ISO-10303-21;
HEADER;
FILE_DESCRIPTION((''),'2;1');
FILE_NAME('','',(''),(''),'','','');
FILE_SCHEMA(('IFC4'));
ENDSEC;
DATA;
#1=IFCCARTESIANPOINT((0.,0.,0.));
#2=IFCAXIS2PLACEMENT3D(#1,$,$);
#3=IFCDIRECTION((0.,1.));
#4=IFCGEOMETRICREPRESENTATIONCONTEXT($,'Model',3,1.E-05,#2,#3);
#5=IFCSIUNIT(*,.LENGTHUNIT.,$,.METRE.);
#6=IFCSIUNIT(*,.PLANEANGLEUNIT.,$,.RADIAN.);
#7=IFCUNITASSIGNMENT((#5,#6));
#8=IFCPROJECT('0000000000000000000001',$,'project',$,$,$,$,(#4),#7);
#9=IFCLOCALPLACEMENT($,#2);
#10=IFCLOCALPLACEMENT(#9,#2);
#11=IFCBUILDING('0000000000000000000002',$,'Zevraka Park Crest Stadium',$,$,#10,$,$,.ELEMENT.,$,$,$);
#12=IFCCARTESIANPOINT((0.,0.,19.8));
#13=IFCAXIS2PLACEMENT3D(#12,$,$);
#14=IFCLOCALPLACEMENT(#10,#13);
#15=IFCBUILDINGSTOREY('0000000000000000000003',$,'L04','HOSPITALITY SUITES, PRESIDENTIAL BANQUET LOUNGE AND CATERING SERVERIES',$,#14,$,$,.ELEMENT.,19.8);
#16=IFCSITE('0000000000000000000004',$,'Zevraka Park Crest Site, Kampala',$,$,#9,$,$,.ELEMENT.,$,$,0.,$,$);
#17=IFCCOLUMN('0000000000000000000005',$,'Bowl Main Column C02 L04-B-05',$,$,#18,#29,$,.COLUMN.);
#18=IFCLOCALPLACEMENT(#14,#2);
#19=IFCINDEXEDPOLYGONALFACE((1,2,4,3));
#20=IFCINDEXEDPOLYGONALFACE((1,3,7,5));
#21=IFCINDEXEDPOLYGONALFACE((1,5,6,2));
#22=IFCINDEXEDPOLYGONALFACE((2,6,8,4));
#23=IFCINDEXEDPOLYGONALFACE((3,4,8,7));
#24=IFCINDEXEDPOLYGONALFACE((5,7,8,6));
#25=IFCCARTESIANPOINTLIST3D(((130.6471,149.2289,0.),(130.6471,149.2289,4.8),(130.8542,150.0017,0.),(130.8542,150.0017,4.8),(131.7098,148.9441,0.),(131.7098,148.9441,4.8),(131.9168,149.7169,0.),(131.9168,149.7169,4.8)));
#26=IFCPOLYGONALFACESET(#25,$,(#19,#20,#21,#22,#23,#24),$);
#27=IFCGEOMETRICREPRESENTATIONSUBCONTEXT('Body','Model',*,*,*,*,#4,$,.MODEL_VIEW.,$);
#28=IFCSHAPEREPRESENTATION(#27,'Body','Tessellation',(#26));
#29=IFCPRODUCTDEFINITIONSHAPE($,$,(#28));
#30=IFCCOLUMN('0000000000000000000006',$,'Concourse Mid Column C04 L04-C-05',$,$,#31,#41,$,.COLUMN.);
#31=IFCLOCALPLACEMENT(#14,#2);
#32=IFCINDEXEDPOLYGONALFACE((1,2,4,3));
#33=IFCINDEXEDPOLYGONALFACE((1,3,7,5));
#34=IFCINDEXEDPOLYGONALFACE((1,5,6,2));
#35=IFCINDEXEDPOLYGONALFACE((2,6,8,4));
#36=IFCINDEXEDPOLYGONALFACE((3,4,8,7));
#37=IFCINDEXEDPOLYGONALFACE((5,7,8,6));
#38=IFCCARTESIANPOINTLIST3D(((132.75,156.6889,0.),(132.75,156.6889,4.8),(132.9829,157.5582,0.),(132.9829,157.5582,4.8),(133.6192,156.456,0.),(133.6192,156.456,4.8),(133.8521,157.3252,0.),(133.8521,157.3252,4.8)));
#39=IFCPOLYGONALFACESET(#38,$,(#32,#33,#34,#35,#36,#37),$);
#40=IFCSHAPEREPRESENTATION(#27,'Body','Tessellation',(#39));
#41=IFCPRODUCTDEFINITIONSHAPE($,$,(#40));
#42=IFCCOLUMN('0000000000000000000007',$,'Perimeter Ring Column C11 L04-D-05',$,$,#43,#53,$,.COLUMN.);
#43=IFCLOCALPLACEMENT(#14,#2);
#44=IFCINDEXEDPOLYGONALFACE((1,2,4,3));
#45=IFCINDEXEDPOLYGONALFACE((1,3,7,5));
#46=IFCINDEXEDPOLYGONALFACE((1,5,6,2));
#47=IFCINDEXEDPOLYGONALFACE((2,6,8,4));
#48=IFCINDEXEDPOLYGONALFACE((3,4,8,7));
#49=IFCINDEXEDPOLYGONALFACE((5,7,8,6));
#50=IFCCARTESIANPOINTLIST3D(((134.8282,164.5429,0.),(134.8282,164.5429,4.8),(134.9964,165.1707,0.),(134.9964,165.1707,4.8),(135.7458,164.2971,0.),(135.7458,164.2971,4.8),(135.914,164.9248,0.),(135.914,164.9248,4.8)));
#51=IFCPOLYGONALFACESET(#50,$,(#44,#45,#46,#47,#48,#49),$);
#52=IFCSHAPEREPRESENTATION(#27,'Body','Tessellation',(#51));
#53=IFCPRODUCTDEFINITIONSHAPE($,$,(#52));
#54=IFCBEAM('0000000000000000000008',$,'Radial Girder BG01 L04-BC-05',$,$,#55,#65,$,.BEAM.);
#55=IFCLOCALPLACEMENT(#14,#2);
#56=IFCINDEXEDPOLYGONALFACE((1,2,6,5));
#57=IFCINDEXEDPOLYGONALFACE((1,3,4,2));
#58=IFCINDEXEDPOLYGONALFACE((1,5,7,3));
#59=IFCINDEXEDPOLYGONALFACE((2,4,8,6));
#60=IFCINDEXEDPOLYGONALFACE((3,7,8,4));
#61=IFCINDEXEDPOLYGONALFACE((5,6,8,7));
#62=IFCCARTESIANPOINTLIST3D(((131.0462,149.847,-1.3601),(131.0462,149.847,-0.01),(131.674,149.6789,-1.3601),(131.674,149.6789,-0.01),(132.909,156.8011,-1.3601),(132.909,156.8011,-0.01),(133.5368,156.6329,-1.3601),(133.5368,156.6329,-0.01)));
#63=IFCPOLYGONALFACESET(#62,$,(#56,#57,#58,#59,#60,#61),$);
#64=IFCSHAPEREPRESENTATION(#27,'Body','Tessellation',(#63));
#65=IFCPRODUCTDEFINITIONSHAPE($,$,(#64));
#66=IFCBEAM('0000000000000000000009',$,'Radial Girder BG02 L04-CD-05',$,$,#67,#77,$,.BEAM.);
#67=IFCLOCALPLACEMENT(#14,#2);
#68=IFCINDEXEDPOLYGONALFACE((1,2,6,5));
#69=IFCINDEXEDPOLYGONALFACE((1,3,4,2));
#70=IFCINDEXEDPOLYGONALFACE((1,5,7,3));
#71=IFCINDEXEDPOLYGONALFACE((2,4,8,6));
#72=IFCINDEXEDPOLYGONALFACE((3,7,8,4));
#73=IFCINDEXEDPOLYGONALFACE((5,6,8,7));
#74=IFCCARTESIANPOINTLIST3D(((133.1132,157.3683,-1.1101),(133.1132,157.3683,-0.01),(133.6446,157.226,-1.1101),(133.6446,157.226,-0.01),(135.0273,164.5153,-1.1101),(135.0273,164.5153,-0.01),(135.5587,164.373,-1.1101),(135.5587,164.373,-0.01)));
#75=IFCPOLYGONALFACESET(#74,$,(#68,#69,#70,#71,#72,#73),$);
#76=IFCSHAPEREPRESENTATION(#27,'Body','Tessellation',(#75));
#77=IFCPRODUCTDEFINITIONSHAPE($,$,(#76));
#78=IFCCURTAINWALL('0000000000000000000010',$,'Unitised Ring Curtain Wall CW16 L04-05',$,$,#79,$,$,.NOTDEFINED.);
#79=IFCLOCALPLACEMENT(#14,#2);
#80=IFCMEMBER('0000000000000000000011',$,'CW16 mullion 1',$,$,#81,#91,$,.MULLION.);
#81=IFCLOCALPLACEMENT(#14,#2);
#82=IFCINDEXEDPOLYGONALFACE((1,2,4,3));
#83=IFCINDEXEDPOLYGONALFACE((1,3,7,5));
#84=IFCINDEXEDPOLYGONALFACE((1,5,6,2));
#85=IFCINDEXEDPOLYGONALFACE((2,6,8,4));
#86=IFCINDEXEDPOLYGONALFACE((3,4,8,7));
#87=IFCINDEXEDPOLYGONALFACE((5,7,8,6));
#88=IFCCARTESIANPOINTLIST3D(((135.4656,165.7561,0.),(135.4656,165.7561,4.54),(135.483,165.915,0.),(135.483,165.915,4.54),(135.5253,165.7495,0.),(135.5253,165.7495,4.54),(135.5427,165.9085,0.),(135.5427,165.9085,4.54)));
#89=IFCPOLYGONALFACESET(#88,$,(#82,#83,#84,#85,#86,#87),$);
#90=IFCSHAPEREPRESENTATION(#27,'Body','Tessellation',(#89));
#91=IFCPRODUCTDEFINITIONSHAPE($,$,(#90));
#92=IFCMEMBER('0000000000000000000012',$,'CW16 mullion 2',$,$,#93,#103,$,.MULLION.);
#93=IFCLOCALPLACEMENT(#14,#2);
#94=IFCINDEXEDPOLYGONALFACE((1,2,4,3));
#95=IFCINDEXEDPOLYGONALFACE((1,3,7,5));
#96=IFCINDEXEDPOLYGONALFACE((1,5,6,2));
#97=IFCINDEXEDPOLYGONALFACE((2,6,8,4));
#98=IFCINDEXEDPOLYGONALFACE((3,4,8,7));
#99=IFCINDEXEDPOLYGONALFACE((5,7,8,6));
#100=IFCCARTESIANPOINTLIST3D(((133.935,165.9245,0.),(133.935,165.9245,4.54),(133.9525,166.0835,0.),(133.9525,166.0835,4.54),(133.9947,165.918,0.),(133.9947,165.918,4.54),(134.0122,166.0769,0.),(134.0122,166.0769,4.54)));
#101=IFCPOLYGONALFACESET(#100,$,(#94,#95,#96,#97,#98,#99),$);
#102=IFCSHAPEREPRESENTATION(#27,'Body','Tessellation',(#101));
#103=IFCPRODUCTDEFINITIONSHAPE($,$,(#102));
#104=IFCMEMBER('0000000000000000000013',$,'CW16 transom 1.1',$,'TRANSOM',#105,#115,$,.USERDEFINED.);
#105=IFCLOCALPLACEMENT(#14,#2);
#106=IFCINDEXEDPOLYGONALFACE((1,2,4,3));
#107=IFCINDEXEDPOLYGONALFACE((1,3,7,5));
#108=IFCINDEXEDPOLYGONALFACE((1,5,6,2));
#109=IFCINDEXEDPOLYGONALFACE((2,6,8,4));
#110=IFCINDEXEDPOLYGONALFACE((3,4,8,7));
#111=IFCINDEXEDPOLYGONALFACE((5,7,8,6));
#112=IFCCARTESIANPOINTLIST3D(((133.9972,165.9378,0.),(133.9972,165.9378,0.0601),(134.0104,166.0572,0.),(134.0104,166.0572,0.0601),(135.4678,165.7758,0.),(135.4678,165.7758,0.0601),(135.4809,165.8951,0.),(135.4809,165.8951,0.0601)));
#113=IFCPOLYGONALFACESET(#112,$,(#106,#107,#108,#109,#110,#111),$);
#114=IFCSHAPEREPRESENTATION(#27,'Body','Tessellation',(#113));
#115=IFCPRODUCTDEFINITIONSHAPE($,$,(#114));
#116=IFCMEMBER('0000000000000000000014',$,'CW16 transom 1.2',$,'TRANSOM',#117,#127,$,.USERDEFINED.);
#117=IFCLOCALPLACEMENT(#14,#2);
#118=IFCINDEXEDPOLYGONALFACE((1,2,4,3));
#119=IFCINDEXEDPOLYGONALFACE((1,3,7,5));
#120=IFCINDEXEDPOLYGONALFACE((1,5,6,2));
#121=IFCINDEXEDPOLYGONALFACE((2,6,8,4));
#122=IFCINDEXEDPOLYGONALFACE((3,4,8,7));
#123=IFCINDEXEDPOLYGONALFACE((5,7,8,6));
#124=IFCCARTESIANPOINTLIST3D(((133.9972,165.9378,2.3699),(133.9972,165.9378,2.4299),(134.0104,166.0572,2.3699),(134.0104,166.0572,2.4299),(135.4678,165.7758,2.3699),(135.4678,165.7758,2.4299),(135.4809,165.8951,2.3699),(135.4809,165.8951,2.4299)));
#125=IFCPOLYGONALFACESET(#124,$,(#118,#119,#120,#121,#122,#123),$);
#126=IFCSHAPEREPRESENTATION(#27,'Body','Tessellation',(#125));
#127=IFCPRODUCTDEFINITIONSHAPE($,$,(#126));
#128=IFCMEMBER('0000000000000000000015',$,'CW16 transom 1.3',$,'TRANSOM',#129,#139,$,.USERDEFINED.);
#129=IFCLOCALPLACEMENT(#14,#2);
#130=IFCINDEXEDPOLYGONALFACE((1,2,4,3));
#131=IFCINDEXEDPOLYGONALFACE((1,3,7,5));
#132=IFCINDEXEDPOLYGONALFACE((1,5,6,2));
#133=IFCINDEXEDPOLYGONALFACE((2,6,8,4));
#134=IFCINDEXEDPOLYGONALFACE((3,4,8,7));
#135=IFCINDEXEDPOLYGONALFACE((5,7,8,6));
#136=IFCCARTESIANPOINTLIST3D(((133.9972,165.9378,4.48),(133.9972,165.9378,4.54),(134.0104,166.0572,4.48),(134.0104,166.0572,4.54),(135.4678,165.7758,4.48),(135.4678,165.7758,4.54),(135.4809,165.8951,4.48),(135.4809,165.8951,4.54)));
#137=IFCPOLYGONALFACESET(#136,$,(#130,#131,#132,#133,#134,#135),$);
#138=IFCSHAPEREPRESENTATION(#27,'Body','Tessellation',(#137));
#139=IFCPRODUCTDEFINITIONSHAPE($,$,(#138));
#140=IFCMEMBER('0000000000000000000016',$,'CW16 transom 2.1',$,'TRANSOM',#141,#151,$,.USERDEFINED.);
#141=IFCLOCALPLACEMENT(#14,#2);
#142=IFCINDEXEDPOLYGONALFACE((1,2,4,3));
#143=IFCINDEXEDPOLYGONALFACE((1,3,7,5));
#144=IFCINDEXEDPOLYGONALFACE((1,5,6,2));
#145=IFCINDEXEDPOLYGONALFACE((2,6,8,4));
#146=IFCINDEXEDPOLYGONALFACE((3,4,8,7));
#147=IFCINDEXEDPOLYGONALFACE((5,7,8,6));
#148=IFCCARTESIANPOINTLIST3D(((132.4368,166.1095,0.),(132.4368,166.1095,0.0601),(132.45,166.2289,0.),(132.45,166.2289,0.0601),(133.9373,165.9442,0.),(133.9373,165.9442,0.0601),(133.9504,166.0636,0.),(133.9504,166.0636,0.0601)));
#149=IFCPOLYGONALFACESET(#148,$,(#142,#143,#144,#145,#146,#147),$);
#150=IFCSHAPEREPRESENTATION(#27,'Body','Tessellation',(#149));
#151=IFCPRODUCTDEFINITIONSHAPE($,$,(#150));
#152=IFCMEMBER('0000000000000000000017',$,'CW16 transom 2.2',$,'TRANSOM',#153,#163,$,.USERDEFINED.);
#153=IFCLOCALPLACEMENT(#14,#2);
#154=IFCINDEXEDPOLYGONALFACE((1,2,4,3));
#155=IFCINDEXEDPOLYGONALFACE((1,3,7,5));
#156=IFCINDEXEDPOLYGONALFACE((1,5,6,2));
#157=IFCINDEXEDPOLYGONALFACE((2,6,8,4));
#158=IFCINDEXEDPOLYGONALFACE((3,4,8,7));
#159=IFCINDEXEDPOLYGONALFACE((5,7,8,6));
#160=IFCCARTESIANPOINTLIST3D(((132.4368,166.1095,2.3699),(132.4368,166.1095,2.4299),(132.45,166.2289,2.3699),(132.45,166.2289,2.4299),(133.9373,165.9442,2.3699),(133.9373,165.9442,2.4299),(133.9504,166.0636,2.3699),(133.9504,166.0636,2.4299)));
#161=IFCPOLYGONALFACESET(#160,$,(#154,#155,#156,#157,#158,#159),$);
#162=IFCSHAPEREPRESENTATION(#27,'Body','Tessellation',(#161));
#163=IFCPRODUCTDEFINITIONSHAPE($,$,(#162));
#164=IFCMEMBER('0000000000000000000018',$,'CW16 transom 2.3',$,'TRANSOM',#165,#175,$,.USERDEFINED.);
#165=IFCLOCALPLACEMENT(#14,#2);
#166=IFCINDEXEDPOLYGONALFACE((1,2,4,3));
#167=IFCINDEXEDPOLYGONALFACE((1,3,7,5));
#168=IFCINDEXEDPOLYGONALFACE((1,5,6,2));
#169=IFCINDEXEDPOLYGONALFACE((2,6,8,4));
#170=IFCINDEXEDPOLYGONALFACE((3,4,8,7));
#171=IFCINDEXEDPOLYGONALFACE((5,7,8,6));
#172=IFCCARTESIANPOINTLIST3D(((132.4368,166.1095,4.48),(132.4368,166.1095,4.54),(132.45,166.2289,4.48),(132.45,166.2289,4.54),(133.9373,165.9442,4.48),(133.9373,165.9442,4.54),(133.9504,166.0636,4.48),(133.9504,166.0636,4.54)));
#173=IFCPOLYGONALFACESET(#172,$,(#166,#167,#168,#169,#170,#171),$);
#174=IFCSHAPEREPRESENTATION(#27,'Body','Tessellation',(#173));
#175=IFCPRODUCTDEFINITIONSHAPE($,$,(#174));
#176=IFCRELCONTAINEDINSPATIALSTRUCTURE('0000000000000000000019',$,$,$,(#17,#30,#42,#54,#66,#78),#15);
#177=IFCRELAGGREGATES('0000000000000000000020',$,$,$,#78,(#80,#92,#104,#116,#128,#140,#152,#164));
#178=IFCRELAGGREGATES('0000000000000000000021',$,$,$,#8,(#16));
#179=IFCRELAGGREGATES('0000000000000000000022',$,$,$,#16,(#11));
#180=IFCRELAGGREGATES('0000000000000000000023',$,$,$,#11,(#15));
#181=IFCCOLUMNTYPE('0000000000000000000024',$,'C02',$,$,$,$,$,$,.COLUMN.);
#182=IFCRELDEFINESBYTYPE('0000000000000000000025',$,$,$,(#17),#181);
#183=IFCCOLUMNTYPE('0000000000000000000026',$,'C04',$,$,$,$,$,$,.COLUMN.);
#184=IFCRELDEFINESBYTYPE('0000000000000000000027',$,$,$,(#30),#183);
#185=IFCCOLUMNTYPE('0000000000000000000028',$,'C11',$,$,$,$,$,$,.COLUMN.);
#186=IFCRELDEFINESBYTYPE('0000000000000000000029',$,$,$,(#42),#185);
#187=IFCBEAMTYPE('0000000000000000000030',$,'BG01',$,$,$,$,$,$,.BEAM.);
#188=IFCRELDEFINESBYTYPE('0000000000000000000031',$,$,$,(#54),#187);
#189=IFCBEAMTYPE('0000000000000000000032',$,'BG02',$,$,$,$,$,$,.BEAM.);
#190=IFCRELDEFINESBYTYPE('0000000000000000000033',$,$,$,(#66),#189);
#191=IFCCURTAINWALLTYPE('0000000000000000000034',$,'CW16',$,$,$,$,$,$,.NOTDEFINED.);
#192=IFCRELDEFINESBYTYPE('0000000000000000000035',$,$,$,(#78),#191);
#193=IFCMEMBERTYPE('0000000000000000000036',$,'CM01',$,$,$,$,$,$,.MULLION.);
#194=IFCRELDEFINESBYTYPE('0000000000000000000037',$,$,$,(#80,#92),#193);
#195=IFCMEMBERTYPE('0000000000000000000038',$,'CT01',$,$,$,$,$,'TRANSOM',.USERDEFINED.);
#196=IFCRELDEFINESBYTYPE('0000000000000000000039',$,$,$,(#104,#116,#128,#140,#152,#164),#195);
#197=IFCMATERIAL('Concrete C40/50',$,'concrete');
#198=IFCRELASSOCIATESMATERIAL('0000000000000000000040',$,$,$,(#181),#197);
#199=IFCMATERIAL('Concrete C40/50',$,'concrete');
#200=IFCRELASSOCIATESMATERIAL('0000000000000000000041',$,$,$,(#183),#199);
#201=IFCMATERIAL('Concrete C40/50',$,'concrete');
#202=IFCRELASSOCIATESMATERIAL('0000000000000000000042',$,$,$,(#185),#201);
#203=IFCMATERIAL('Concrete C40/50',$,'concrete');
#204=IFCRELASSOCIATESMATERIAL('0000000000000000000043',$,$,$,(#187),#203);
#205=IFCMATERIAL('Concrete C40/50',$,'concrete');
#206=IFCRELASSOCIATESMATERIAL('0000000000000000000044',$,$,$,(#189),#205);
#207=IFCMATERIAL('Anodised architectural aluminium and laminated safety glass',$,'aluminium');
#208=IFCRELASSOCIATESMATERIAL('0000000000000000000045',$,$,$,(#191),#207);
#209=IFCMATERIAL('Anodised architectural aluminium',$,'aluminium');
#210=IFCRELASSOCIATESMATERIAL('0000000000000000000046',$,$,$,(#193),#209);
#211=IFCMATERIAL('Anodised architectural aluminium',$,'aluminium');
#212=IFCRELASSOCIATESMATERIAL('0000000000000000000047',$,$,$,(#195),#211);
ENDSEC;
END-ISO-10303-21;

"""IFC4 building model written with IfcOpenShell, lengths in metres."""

from ifc_helpers import new_model, si_unit, direction, frame, origin, origin_2d, place, context, subcontext, project, spatial, rectangle, extrude, material, material_profile, profile_set, type_object, element, aggregate, save


model = new_model("IFC4")

# Units and contexts
model_context = context("Model", 3, precision=1e-05, world=origin(), true_north=direction((0.0, 1.0)))
body_context = subcontext(model_context, "Body", "Model", "MODEL_VIEW")
ifc_project = project(units=[si_unit("LENGTHUNIT", "METRE"), si_unit("PLANEANGLEUNIT", "RADIAN")], contexts=[model_context])

# Site, building, storey
site_placement = place(None, origin())
site = spatial("IfcSite", under=ifc_project, at=site_placement, Name="Zevraka Park Crest Site, Kampala", CompositionType="ELEMENT", RefElevation=0.0)
building_placement = place(site_placement, origin())
building = spatial("IfcBuilding", under=site, at=building_placement, Name="Zevraka Park Crest Stadium", CompositionType="ELEMENT")
storey_placement = place(building_placement, frame((0.0, 0.0, 19.8)))
storey = spatial("IfcBuildingStorey", under=building, at=storey_placement, Name="L04", Description="HOSPITALITY SUITES, PRESIDENTIAL BANQUET LOUNGE AND CATERING SERVERIES", CompositionType="ELEMENT", Elevation=19.8)

# Columns
ifc_material_1 = material(Name="Concrete C40/50", Category="concrete")
ifc_material_profile_1 = material_profile(ifc_material_1, rectangle(XDim=0.8, YDim=1.1001, at=origin_2d()), Name="RC 1100x800")
ifc_profile_set_1 = profile_set([ifc_material_profile_1], Name="Concrete C40/50")
column_type_1 = type_object("IfcColumnType", Name="C02", PredefinedType="COLUMN", material=ifc_profile_set_1)
column_1_placement = place(storey_placement, frame((131.282, 149.4729, 0.0), z_axis=(0.0, 0.0, 1.0), x_axis=(0.258819, 0.965926, 0.0)))
element("IfcColumn", 1, at=column_1_placement, inside=storey, type_object=column_type_1, Name="Bowl Main Column C02 L04-B-05", PredefinedType="COLUMN", context=body_context, shape_type="SweptSolid", body=[
    extrude(rectangle(XDim=0.8, YDim=1.1001, at=origin_2d()), origin(), (0.0, 0.0, 1.0), 4.8),
])
ifc_material_2 = material(Name="Concrete C40/50", Category="concrete")
ifc_material_profile_2 = material_profile(ifc_material_2, rectangle(XDim=0.8999, YDim=0.8999, at=origin_2d()), Name="RC 900x900")
ifc_profile_set_2 = profile_set([ifc_material_profile_2], Name="Concrete C40/50")
column_type_2 = type_object("IfcColumnType", Name="C04", PredefinedType="COLUMN", material=ifc_profile_set_2)
column_2_placement = place(storey_placement, frame((133.301, 157.0071, 0.0), z_axis=(0.0, 0.0, 1.0), x_axis=(0.258819, 0.965926, 0.0)))
element("IfcColumn", 2, at=column_2_placement, inside=storey, type_object=column_type_2, Name="Concourse Mid Column C04 L04-C-05", PredefinedType="COLUMN", context=body_context, shape_type="SweptSolid", body=[
    extrude(rectangle(XDim=0.8999, YDim=0.8999, at=origin_2d()), origin(), (0.0, 0.0, 1.0), 4.8),
])
ifc_material_3 = material(Name="Concrete C40/50", Category="concrete")
ifc_material_profile_3 = material_profile(ifc_material_3, rectangle(XDim=0.6499, YDim=0.95, at=origin_2d()), Name="RC 950x650")
ifc_profile_set_3 = profile_set([ifc_material_profile_3], Name="Concrete C40/50")
column_type_3 = type_object("IfcColumnType", Name="C11", PredefinedType="COLUMN", material=ifc_profile_set_3)
column_3_placement = place(storey_placement, frame((135.3711, 164.7339, 0.0), z_axis=(0.0, 0.0, 1.0), x_axis=(0.258819, 0.965926, 0.0)))
element("IfcColumn", 3, at=column_3_placement, inside=storey, type_object=column_type_3, Name="Perimeter Ring Column C11 L04-D-05", PredefinedType="COLUMN", context=body_context, shape_type="SweptSolid", body=[
    extrude(rectangle(XDim=0.6499, YDim=0.95, at=origin_2d()), origin(), (0.0, 0.0, 1.0), 4.8),
])

# Beams
ifc_material_4 = material(Name="Concrete C40/50", Category="concrete")
ifc_material_profile_4 = material_profile(ifc_material_4, rectangle(XDim=0.6499, YDim=1.3501, at=origin_2d()), Name="RC 1350x650")
ifc_profile_set_4 = profile_set([ifc_material_profile_4], Name="Concrete C40/50")
beam_type_1 = type_object("IfcBeamType", Name="BG01", PredefinedType="BEAM", material=ifc_profile_set_4)
beam_1_placement = place(storey_placement, frame((131.3601, 149.7629, -0.6851), z_axis=(0.258747, 0.965945, 0.0), x_axis=(-0.965945, 0.258747, 0.0)))
element("IfcBeam", 4, at=beam_1_placement, inside=storey, type_object=beam_type_1, Name="Radial Girder BG01 L04-BC-05", PredefinedType="BEAM", context=body_context, shape_type="SweptSolid", body=[
    extrude(rectangle(XDim=0.6499, YDim=1.3501, at=origin_2d()), origin(), (0.0, 0.0, 1.0), 7.1992),
])
ifc_material_5 = material(Name="Concrete C40/50", Category="concrete")
ifc_material_profile_5 = material_profile(ifc_material_5, rectangle(XDim=0.55, YDim=1.1001, at=origin_2d()), Name="RC 1100x550")
ifc_profile_set_5 = profile_set([ifc_material_profile_5], Name="Concrete C40/50")
beam_type_2 = type_object("IfcBeamType", Name="BG02", PredefinedType="BEAM", material=ifc_profile_set_5)
beam_2_placement = place(storey_placement, frame((133.3789, 157.2971, -0.5601), z_axis=(0.258698, 0.965958, 0.0), x_axis=(-0.965958, 0.258698, 0.0)))
element("IfcBeam", 5, at=beam_2_placement, inside=storey, type_object=beam_type_2, Name="Radial Girder BG02 L04-CD-05", PredefinedType="BEAM", context=body_context, shape_type="SweptSolid", body=[
    extrude(rectangle(XDim=0.55, YDim=1.1001, at=origin_2d()), origin(), (0.0, 0.0, 1.0), 7.3989),
])

# Curtain wall, members
ifc_material_6 = material(Name="Anodised architectural aluminium and laminated safety glass", Category="aluminium")
curtain_wall_type = type_object("IfcCurtainWallType", Name="CW16", PredefinedType="NOTDEFINED", material=ifc_material_6)
curtain_wall_placement = place(storey_placement, origin())
curtain_wall = element("IfcCurtainWall", 6, at=curtain_wall_placement, inside=storey, type_object=curtain_wall_type, Name="Unitised Ring Curtain Wall CW16 L04-05", PredefinedType="NOTDEFINED")
ifc_material_7 = material(Name="Anodised architectural aluminium", Category="aluminium")
ifc_material_profile_6 = material_profile(ifc_material_7, rectangle(XDim=0.1599, YDim=0.0601, at=origin_2d()), Name="ALU MULLION 160x60")
ifc_profile_set_6 = profile_set([ifc_material_profile_6], Name="Anodised architectural aluminium")
member_type_1 = type_object("IfcMemberType", Name="CM01", PredefinedType="MULLION", material=ifc_profile_set_6)
member_1_placement = place(storey_placement, frame((135.5042, 165.8323, 0.0), z_axis=(0.0, 0.0, 1.0), x_axis=(-0.109406, -0.993997, 0.0)))
member_1 = element("IfcMember", 7, at=member_1_placement, type_object=member_type_1, Name="CW16 mullion 1", PredefinedType="MULLION", context=body_context, shape_type="SweptSolid", body=[
    extrude(rectangle(XDim=0.1599, YDim=0.0601, at=origin_2d()), origin(), (0.0, 0.0, 1.0), 4.54),
])
member_2_placement = place(storey_placement, frame((133.9736, 166.0007, 0.0), z_axis=(0.0, 0.0, 1.0), x_axis=(-0.109406, -0.993997, 0.0)))
member_2 = element("IfcMember", 8, at=member_2_placement, type_object=member_type_1, Name="CW16 mullion 2", PredefinedType="MULLION", context=body_context, shape_type="SweptSolid", body=[
    extrude(rectangle(XDim=0.1599, YDim=0.0601, at=origin_2d()), origin(), (0.0, 0.0, 1.0), 4.54),
])
ifc_material_8 = material(Name="Anodised architectural aluminium", Category="aluminium")
ifc_material_profile_7 = material_profile(ifc_material_8, rectangle(XDim=0.1201, YDim=0.0601, at=origin_2d()), Name="ALU TRANSOM 120x60")
ifc_profile_set_7 = profile_set([ifc_material_profile_7], Name="Anodised architectural aluminium")
member_type_2 = type_object("IfcMemberType", Name="CT01", ElementType="TRANSOM", PredefinedType="USERDEFINED", material=ifc_profile_set_7)
member_3_placement = place(storey_placement, frame((135.4744, 165.8354, 0.03), z_axis=(-0.99398, 0.109562, 0.0), x_axis=(-0.109562, -0.99398, 0.0)))
member_3 = element("IfcMember", 9, at=member_3_placement, type_object=member_type_2, Name="CW16 transom 1.1", ObjectType="TRANSOM", PredefinedType="USERDEFINED", context=body_context, shape_type="SweptSolid", body=[
    extrude(rectangle(XDim=0.1201, YDim=0.0601, at=origin_2d()), origin(), (0.0, 0.0, 1.0), 1.4795),
])
member_4_placement = place(storey_placement, frame((135.4744, 165.8354, 2.3999), z_axis=(-0.99398, 0.109562, 0.0), x_axis=(-0.109562, -0.99398, 0.0)))
member_4 = element("IfcMember", 10, at=member_4_placement, type_object=member_type_2, Name="CW16 transom 1.2", ObjectType="TRANSOM", PredefinedType="USERDEFINED", context=body_context, shape_type="SweptSolid", body=[
    extrude(rectangle(XDim=0.1201, YDim=0.0601, at=origin_2d()), origin(), (0.0, 0.0, 1.0), 1.4795),
])
member_5_placement = place(storey_placement, frame((135.4744, 165.8354, 4.51), z_axis=(-0.99398, 0.109562, 0.0), x_axis=(-0.109562, -0.99398, 0.0)))
member_5 = element("IfcMember", 11, at=member_5_placement, type_object=member_type_2, Name="CW16 transom 1.3", ObjectType="TRANSOM", PredefinedType="USERDEFINED", context=body_context, shape_type="SweptSolid", body=[
    extrude(rectangle(XDim=0.1201, YDim=0.0601, at=origin_2d()), origin(), (0.0, 0.0, 1.0), 1.4795),
])
member_6_placement = place(storey_placement, frame((133.9438, 166.0039, 0.03), z_axis=(-0.993988, 0.109491, 0.0), x_axis=(-0.109491, -0.993988, 0.0)))
member_6 = element("IfcMember", 12, at=member_6_placement, type_object=member_type_2, Name="CW16 transom 2.1", ObjectType="TRANSOM", PredefinedType="USERDEFINED", context=body_context, shape_type="SweptSolid", body=[
    extrude(rectangle(XDim=0.1201, YDim=0.0601, at=origin_2d()), origin(), (0.0, 0.0, 1.0), 1.5095),
])
member_7_placement = place(storey_placement, frame((133.9438, 166.0039, 2.3999), z_axis=(-0.993988, 0.109491, 0.0), x_axis=(-0.109491, -0.993988, 0.0)))
member_7 = element("IfcMember", 13, at=member_7_placement, type_object=member_type_2, Name="CW16 transom 2.2", ObjectType="TRANSOM", PredefinedType="USERDEFINED", context=body_context, shape_type="SweptSolid", body=[
    extrude(rectangle(XDim=0.1201, YDim=0.0601, at=origin_2d()), origin(), (0.0, 0.0, 1.0), 1.5095),
])
member_8_placement = place(storey_placement, frame((133.9438, 166.0039, 4.51), z_axis=(-0.993988, 0.109491, 0.0), x_axis=(-0.109491, -0.993988, 0.0)))
member_8 = element("IfcMember", 14, at=member_8_placement, type_object=member_type_2, Name="CW16 transom 2.3", ObjectType="TRANSOM", PredefinedType="USERDEFINED", context=body_context, shape_type="SweptSolid", body=[
    extrude(rectangle(XDim=0.1201, YDim=0.0601, at=origin_2d()), origin(), (0.0, 0.0, 1.0), 1.5095),
])

aggregate(curtain_wall, [member_1, member_2, member_3, member_4, member_5, member_6, member_7, member_8])

save(model, "model.ifc")
